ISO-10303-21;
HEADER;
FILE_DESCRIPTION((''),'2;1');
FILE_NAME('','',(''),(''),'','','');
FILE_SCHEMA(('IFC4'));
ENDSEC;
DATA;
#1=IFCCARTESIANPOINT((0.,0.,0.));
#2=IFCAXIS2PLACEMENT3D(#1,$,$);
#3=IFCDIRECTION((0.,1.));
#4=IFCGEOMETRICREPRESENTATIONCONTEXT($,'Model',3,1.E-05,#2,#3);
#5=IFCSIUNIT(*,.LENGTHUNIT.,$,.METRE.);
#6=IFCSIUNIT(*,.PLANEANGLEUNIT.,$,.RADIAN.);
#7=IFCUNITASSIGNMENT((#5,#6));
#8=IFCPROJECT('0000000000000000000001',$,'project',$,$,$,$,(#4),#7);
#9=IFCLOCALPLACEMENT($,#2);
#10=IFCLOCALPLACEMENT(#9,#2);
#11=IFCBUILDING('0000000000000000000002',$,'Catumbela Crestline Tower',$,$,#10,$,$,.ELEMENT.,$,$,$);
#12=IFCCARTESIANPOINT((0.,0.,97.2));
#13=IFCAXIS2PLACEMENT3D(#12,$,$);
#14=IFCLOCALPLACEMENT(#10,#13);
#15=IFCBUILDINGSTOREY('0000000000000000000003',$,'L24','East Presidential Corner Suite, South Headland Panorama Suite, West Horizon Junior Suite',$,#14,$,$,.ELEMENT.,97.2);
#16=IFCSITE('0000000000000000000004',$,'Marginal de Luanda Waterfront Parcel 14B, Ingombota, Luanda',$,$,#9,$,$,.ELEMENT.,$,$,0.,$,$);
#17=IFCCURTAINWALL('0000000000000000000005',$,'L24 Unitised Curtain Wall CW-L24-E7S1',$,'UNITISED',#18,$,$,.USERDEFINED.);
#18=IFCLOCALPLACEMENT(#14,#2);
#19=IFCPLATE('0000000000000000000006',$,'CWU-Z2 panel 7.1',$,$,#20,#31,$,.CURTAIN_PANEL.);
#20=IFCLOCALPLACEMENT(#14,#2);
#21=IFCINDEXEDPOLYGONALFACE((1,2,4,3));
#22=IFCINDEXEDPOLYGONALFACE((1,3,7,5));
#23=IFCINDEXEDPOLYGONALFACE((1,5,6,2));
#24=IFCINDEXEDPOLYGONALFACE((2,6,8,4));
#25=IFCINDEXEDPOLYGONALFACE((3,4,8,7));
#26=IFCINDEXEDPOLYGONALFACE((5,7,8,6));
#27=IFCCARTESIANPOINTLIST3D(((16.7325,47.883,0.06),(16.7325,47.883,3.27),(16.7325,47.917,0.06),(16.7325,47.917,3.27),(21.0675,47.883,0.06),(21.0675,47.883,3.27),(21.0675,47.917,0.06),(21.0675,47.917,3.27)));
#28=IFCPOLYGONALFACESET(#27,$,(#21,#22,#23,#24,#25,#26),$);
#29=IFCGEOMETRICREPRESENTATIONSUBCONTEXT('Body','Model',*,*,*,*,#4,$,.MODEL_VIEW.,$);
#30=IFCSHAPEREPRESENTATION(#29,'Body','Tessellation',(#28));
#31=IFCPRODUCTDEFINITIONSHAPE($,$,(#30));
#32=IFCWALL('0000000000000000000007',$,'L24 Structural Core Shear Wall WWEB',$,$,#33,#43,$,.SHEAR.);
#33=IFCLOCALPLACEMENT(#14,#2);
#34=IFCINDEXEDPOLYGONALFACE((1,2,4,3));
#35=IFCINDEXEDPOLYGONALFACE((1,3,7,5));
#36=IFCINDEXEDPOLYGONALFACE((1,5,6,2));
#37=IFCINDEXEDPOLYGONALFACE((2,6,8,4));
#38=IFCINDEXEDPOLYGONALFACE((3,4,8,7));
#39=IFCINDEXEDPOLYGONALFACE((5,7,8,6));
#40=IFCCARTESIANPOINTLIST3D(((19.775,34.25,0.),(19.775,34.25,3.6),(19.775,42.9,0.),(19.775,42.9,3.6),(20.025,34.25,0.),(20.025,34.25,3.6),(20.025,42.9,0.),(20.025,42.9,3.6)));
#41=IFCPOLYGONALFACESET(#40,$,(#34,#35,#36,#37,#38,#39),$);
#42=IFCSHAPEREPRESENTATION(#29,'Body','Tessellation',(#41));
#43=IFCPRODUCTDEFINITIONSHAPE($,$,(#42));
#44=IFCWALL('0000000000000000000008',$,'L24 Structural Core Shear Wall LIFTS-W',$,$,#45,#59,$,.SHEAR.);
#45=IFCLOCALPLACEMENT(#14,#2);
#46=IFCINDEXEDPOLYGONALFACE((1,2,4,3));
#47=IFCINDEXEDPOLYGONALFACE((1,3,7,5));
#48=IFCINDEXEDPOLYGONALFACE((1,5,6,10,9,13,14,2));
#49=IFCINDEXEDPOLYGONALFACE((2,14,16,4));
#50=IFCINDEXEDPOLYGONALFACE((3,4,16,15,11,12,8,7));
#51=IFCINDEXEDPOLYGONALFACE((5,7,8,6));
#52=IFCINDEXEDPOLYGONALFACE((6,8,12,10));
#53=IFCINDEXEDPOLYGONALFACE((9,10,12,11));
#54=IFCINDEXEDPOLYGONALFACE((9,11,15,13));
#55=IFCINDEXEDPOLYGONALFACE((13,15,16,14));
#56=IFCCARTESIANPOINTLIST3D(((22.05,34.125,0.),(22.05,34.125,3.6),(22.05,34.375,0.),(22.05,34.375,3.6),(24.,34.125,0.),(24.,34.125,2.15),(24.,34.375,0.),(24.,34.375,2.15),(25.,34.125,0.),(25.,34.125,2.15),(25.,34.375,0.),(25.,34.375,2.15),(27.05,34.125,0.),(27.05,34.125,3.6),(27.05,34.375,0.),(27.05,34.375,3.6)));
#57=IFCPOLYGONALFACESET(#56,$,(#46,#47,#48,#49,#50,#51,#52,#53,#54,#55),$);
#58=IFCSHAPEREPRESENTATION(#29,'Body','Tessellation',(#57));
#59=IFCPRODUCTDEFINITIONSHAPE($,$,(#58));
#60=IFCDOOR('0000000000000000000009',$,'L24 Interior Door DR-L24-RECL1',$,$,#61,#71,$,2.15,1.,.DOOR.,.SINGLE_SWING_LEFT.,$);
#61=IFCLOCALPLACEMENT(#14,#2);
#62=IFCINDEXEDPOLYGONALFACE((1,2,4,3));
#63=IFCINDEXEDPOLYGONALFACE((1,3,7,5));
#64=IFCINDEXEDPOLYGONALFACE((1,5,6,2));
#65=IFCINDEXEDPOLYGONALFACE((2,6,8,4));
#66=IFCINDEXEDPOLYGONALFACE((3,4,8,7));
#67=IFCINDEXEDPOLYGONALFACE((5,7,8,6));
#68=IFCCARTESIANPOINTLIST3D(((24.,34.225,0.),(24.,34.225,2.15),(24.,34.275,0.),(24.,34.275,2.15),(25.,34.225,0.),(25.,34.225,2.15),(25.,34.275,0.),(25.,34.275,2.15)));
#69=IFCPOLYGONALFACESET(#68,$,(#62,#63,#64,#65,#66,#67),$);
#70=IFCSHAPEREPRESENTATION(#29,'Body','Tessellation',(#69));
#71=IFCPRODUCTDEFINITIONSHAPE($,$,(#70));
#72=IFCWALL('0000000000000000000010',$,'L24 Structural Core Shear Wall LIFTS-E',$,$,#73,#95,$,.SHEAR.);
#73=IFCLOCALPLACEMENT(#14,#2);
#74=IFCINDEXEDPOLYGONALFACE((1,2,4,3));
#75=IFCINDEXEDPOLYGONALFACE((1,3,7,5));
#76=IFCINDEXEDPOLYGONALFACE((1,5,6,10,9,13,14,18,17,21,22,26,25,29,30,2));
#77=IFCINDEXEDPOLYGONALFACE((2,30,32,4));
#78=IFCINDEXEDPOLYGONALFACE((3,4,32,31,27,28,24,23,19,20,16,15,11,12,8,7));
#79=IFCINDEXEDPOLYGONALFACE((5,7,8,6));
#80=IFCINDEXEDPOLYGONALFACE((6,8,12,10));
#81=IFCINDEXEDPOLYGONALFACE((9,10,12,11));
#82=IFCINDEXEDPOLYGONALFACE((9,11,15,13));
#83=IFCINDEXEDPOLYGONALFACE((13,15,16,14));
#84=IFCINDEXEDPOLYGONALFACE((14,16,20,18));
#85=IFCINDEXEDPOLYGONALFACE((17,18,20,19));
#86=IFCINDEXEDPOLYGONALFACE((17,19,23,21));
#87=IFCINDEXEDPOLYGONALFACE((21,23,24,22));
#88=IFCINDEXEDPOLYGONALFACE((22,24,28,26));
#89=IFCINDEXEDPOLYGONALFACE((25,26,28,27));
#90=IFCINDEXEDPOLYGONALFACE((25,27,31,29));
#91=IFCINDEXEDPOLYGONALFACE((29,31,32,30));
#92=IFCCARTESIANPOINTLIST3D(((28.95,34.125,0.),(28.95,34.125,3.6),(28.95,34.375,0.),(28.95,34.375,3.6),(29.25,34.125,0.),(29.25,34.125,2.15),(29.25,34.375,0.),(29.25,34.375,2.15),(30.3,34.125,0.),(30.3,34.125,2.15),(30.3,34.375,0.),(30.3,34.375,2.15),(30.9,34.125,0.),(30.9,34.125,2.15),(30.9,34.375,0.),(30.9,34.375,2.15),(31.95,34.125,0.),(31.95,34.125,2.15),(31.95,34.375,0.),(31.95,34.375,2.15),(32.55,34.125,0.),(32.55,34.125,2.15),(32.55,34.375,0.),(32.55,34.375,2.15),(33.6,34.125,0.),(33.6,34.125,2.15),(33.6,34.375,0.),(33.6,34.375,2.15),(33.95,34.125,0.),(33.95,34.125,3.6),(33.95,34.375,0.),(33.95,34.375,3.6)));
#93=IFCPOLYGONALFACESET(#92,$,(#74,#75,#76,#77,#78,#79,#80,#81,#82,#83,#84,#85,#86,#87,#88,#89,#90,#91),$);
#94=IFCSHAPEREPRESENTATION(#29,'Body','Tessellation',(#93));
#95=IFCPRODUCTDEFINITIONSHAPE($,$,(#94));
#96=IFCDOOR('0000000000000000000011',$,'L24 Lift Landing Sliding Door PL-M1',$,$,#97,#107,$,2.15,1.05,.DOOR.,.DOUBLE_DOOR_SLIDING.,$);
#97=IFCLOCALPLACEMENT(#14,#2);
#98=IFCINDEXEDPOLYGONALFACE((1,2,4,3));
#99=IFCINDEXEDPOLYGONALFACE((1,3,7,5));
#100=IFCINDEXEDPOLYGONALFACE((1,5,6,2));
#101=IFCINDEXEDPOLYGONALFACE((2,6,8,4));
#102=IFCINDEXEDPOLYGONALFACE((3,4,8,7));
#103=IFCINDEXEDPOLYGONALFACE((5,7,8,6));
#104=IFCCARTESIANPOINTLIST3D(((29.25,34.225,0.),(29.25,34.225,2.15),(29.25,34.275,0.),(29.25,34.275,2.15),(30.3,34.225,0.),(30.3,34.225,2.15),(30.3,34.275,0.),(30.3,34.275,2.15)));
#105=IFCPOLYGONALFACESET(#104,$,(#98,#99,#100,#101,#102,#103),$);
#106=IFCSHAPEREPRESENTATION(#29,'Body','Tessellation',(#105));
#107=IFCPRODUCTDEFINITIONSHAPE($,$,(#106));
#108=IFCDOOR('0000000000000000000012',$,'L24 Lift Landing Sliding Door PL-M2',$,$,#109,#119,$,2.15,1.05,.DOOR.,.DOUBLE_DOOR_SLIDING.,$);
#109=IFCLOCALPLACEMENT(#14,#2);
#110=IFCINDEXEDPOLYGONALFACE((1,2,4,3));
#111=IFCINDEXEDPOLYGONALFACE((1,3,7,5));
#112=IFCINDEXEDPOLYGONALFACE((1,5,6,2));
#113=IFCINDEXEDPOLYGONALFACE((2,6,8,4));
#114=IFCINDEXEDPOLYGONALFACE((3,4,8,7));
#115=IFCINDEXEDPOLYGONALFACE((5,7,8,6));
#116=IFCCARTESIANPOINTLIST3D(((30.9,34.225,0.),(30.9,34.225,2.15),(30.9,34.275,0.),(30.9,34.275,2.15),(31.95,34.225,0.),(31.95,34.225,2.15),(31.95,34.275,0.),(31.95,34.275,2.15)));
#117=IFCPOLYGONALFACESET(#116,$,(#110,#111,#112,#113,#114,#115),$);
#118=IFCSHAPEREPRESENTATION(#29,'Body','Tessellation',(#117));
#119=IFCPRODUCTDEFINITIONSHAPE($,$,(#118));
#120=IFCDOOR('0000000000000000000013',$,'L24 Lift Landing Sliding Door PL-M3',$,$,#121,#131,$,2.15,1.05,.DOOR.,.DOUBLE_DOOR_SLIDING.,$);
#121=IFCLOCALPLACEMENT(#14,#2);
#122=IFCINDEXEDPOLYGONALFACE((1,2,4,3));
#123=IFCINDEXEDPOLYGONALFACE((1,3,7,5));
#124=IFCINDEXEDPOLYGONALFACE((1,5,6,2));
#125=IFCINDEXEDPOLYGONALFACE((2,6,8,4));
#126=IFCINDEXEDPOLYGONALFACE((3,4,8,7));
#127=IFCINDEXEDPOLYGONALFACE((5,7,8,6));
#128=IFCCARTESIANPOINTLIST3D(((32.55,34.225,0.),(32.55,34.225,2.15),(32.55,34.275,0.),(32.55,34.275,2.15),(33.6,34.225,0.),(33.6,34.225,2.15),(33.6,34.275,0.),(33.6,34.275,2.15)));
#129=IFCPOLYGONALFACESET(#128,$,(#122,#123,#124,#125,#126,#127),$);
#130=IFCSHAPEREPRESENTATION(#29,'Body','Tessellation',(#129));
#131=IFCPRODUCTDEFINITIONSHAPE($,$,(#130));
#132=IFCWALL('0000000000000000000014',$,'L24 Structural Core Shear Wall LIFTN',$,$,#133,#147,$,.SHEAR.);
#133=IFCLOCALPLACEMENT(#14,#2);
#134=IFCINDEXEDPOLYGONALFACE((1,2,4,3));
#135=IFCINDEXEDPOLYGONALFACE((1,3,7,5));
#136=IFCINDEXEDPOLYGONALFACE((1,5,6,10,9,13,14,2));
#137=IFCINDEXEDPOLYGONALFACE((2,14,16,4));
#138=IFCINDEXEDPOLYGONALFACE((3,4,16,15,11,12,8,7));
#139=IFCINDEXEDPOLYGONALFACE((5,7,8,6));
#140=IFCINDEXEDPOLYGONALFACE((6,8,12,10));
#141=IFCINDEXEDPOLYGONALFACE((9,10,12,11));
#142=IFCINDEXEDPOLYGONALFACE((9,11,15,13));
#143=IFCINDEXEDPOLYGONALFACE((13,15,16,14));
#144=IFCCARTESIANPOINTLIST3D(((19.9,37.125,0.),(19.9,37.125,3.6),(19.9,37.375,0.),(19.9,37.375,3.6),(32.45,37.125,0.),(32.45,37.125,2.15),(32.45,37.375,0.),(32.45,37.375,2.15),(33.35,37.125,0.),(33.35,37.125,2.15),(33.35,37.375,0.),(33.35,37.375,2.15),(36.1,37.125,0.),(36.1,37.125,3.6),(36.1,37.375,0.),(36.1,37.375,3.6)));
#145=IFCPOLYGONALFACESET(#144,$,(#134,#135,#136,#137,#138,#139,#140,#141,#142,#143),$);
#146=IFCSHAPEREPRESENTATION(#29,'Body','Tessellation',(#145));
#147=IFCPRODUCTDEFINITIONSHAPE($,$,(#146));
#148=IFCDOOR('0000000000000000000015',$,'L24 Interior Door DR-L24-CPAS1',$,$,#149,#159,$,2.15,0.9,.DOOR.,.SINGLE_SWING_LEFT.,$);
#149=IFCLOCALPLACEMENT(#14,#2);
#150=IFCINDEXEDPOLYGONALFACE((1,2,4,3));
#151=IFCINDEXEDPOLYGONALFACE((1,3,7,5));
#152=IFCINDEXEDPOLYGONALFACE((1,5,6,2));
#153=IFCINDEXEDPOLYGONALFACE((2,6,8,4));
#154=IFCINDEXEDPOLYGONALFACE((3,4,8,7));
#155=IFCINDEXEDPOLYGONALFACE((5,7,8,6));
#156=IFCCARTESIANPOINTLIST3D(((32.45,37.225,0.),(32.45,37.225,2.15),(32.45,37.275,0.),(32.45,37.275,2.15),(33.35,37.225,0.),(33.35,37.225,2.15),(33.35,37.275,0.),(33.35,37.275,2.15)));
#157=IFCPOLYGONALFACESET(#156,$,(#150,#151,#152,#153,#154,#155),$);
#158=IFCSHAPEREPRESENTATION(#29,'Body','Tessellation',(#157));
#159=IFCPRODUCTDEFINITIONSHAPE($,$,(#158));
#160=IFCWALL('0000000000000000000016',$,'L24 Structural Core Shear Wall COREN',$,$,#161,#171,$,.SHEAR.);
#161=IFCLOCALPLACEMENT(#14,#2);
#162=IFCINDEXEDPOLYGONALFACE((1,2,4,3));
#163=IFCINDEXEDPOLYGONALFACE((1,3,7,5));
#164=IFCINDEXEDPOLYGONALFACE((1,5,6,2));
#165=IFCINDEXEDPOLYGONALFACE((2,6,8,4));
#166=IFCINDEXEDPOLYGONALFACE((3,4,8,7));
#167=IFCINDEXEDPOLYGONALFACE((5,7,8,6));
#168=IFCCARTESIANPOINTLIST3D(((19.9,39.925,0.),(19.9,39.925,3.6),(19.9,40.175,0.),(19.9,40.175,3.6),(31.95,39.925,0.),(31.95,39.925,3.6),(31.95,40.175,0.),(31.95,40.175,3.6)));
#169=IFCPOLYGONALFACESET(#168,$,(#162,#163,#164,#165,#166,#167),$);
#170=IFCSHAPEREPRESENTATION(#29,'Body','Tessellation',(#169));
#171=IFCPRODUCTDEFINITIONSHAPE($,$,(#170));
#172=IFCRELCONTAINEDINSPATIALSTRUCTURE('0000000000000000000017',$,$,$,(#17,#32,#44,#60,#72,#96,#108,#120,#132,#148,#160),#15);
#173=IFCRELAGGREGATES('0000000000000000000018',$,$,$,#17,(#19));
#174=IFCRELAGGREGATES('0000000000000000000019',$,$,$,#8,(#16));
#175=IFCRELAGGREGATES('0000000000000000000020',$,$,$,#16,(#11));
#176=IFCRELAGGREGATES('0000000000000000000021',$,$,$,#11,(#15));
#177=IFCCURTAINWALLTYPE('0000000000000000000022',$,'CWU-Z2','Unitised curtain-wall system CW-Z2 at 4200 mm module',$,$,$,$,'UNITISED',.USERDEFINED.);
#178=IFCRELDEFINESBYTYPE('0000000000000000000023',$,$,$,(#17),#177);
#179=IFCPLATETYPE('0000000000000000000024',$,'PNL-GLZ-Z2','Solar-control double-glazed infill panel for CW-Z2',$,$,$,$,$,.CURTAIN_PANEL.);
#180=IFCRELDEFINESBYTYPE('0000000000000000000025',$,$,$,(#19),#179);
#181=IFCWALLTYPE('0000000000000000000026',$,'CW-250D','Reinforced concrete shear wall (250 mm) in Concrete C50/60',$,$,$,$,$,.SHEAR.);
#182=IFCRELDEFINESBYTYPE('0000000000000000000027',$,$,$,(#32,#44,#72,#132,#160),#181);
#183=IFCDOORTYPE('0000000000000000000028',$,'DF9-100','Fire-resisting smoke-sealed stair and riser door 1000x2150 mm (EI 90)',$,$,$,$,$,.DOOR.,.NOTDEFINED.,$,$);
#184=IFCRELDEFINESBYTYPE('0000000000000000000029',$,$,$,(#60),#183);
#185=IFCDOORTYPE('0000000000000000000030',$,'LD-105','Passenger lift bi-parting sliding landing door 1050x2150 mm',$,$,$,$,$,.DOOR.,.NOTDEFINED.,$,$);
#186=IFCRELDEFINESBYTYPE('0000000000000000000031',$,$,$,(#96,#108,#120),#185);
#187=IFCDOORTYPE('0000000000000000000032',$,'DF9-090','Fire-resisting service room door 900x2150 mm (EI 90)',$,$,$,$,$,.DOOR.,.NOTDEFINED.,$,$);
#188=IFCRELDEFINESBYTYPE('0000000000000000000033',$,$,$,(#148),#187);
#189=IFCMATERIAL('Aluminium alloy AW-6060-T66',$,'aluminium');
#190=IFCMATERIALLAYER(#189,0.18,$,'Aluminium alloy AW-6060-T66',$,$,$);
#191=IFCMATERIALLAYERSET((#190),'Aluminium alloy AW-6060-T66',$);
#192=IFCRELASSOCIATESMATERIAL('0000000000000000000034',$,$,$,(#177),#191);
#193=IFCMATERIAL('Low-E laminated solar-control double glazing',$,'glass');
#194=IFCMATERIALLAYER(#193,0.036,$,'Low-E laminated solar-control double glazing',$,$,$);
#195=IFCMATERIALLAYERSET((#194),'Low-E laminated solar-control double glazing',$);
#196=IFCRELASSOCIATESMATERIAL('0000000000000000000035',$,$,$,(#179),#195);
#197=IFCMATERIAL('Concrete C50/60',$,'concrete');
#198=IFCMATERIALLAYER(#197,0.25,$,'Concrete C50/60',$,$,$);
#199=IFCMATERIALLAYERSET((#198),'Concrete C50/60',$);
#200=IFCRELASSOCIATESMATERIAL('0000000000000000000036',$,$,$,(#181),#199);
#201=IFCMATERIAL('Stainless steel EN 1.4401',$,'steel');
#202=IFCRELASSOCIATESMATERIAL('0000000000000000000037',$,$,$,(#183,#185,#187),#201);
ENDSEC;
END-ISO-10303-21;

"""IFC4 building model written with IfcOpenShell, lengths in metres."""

from ifc_helpers import new_model, si_unit, direction, frame, frame_2d, origin, origin_2d, place, context, subcontext, project, spatial, rectangle, extrude, material, layer, layer_set, type_object, element, fill, aggregate, save


model = new_model("IFC4")

# Units and contexts
model_context = context("Model", 3, precision=1e-05, world=origin(), true_north=direction((0.0, 1.0)))
body_context = subcontext(model_context, "Body", "Model", "MODEL_VIEW")
ifc_project = project(units=[si_unit("LENGTHUNIT", "METRE"), si_unit("PLANEANGLEUNIT", "RADIAN")], contexts=[model_context])

# Site, building, storey
site_placement = place(None, origin())
site = spatial("IfcSite", under=ifc_project, at=site_placement, Name="Marginal de Luanda Waterfront Parcel 14B, Ingombota, Luanda", CompositionType="ELEMENT", RefElevation=0.0)
building_placement = place(site_placement, origin())
building = spatial("IfcBuilding", under=site, at=building_placement, Name="Catumbela Crestline Tower", CompositionType="ELEMENT")
storey_placement = place(building_placement, frame((0.0, 0.0, 97.2)))
storey = spatial("IfcBuildingStorey", under=building, at=storey_placement, Name="L24", Description="East Presidential Corner Suite, South Headland Panorama Suite, West Horizon Junior Suite", CompositionType="ELEMENT", Elevation=97.2)

# Curtain wall, plate
ifc_material_1 = material(Name="Aluminium alloy AW-6060-T66", Category="aluminium")
ifc_layer_1 = layer(ifc_material_1, 0.18, Name="Aluminium alloy AW-6060-T66")
ifc_layer_set_1 = layer_set([ifc_layer_1], Name="Aluminium alloy AW-6060-T66")
curtain_wall_type = type_object("IfcCurtainWallType", Name="CWU-Z2", Description="Unitised curtain-wall system CW-Z2 at 4200 mm module", ElementType="UNITISED", PredefinedType="USERDEFINED", material=ifc_layer_set_1)
curtain_wall_placement = place(storey_placement, origin())
curtain_wall = element("IfcCurtainWall", 1, at=curtain_wall_placement, inside=storey, type_object=curtain_wall_type, Name="L24 Unitised Curtain Wall CW-L24-E7S1", ObjectType="UNITISED", PredefinedType="USERDEFINED")
ifc_material_2 = material(Name="Low-E laminated solar-control double glazing", Category="glass")
ifc_layer_2 = layer(ifc_material_2, 0.036, Name="Low-E laminated solar-control double glazing")
ifc_layer_set_2 = layer_set([ifc_layer_2], Name="Low-E laminated solar-control double glazing")
plate_type = type_object("IfcPlateType", Name="PNL-GLZ-Z2", Description="Solar-control double-glazed infill panel for CW-Z2", PredefinedType="CURTAIN_PANEL", material=ifc_layer_set_2)
plate_1_placement = place(storey_placement, frame((18.9, 47.9, 0.06), z_axis=(0.0, 0.0, 1.0), x_axis=(-1.0, 0.0, 0.0)))
plate_1 = element("IfcPlate", 2, at=plate_1_placement, type_object=plate_type, Name="CWU-Z2 panel 7.1", PredefinedType="CURTAIN_PANEL", context=body_context, shape_type="SweptSolid", body=[
    extrude(rectangle(XDim=4.335, YDim=0.034, at=origin_2d()), origin(), (0.0, 0.0, 1.0), 3.21),
])
aggregate(curtain_wall, [plate_1])

# Wall
ifc_material_3 = material(Name="Concrete C50/60", Category="concrete")
ifc_layer_3 = layer(ifc_material_3, 0.25, Name="Concrete C50/60")
ifc_layer_set_3 = layer_set([ifc_layer_3], Name="Concrete C50/60")
wall_type_1 = type_object("IfcWallType", Name="CW-250D", Description="Reinforced concrete shear wall (250 mm) in Concrete C50/60", PredefinedType="SHEAR", material=ifc_layer_set_3)
wall_1_placement = place(storey_placement, frame((19.9, 34.25, 0.0), z_axis=(0.0, 0.0, 1.0), x_axis=(0.0, 1.0, 0.0)))
element("IfcWall", 3, at=wall_1_placement, inside=storey, type_object=wall_type_1, Name="L24 Structural Core Shear Wall WWEB", PredefinedType="SHEAR", context=body_context, shape_type="SweptSolid", body=[
    extrude(rectangle(XDim=8.65, YDim=0.25, at=frame_2d((4.325, 0.0))), origin(), (0.0, 0.0, 1.0), 3.6),
])

# Wall, opening, door
wall_2_placement = place(storey_placement, frame((22.05, 34.25, 0.0), z_axis=(0.0, 0.0, 1.0), x_axis=(1.0, 0.0, 0.0)))
wall_2 = element("IfcWall", 4, at=wall_2_placement, inside=storey, type_object=wall_type_1, Name="L24 Structural Core Shear Wall LIFTS-W", PredefinedType="SHEAR", context=body_context, shape_type="SweptSolid", body=[
    extrude(rectangle(XDim=5.0, YDim=0.25, at=frame_2d((2.5, 0.0))), origin(), (0.0, 0.0, 1.0), 3.6),
])
opening_1_placement = place(wall_2_placement, frame((1.95, 0.0, 0.0)))
opening_1 = element("IfcOpeningElement", 5, at=opening_1_placement, cuts=wall_2, PredefinedType="OPENING", context=body_context, shape_type="SweptSolid", body=[
    extrude(rectangle(XDim=1.0, YDim=2.15, at=frame_2d((0.5, 1.075))), frame((0.0, 0.135, 0.0), z_axis=(0.0, -1.0, 0.0), x_axis=(1.0, 0.0, 0.0)), (0.0, 0.0, 1.0), 0.27),
])
ifc_material_4 = material(Name="Stainless steel EN 1.4401", Category="steel")
door_type_1 = type_object("IfcDoorType", Name="DF9-100", Description="Fire-resisting smoke-sealed stair and riser door 1000x2150 mm (EI 90)", OperationType="NOTDEFINED", PredefinedType="DOOR", material=ifc_material_4)
door_1_placement = place(opening_1_placement, origin())
door_1 = element("IfcDoor", 6, at=door_1_placement, inside=storey, type_object=door_type_1, Name="L24 Interior Door DR-L24-RECL1", OperationType="SINGLE_SWING_LEFT", OverallHeight=2.15, OverallWidth=1.0, PredefinedType="DOOR", context=body_context, shape_type="SweptSolid", body=[
    extrude(rectangle(XDim=1.0, YDim=2.15, at=frame_2d((0.5, 1.075))), frame((0.0, 0.025, 0.0), z_axis=(0.0, -1.0, 0.0), x_axis=(1.0, 0.0, 0.0)), (0.0, 0.0, 1.0), 0.05),
])
fill(opening_1, door_1)

# Wall, openings, doors
wall_3_placement = place(storey_placement, frame((28.95, 34.25, 0.0), z_axis=(0.0, 0.0, 1.0), x_axis=(1.0, 0.0, 0.0)))
wall_3 = element("IfcWall", 7, at=wall_3_placement, inside=storey, type_object=wall_type_1, Name="L24 Structural Core Shear Wall LIFTS-E", PredefinedType="SHEAR", context=body_context, shape_type="SweptSolid", body=[
    extrude(rectangle(XDim=5.0, YDim=0.25, at=frame_2d((2.5, 0.0))), origin(), (0.0, 0.0, 1.0), 3.6),
])
opening_2_placement = place(wall_3_placement, frame((0.3, 0.0, 0.0)))
opening_2 = element("IfcOpeningElement", 8, at=opening_2_placement, cuts=wall_3, PredefinedType="OPENING", context=body_context, shape_type="SweptSolid", body=[
    extrude(rectangle(XDim=1.05, YDim=2.15, at=frame_2d((0.525, 1.075))), frame((0.0, 0.135, 0.0), z_axis=(0.0, -1.0, 0.0), x_axis=(1.0, 0.0, 0.0)), (0.0, 0.0, 1.0), 0.27),
])
opening_3_placement = place(wall_3_placement, frame((1.95, 0.0, 0.0)))
opening_3 = element("IfcOpeningElement", 9, at=opening_3_placement, cuts=wall_3, PredefinedType="OPENING", context=body_context, shape_type="SweptSolid", body=[
    extrude(rectangle(XDim=1.05, YDim=2.15, at=frame_2d((0.525, 1.075))), frame((0.0, 0.135, 0.0), z_axis=(0.0, -1.0, 0.0), x_axis=(1.0, 0.0, 0.0)), (0.0, 0.0, 1.0), 0.27),
])
opening_4_placement = place(wall_3_placement, frame((3.6, 0.0, 0.0)))
opening_4 = element("IfcOpeningElement", 10, at=opening_4_placement, cuts=wall_3, PredefinedType="OPENING", context=body_context, shape_type="SweptSolid", body=[
    extrude(rectangle(XDim=1.05, YDim=2.15, at=frame_2d((0.525, 1.075))), frame((0.0, 0.135, 0.0), z_axis=(0.0, -1.0, 0.0), x_axis=(1.0, 0.0, 0.0)), (0.0, 0.0, 1.0), 0.27),
])
door_type_2 = type_object("IfcDoorType", Name="LD-105", Description="Passenger lift bi-parting sliding landing door 1050x2150 mm", OperationType="NOTDEFINED", PredefinedType="DOOR", material=ifc_material_4)
door_2_placement = place(opening_2_placement, origin())
door_2 = element("IfcDoor", 11, at=door_2_placement, inside=storey, type_object=door_type_2, Name="L24 Lift Landing Sliding Door PL-M1", OperationType="DOUBLE_DOOR_SLIDING", OverallHeight=2.15, OverallWidth=1.05, PredefinedType="DOOR", context=body_context, shape_type="SweptSolid", body=[
    extrude(rectangle(XDim=1.05, YDim=2.15, at=frame_2d((0.525, 1.075))), frame((0.0, 0.025, 0.0), z_axis=(0.0, -1.0, 0.0), x_axis=(1.0, 0.0, 0.0)), (0.0, 0.0, 1.0), 0.05),
])
fill(opening_2, door_2)
door_3_placement = place(opening_3_placement, origin())
door_3 = element("IfcDoor", 12, at=door_3_placement, inside=storey, type_object=door_type_2, Name="L24 Lift Landing Sliding Door PL-M2", OperationType="DOUBLE_DOOR_SLIDING", OverallHeight=2.15, OverallWidth=1.05, PredefinedType="DOOR", context=body_context, shape_type="SweptSolid", body=[
    extrude(rectangle(XDim=1.05, YDim=2.15, at=frame_2d((0.525, 1.075))), frame((0.0, 0.025, 0.0), z_axis=(0.0, -1.0, 0.0), x_axis=(1.0, 0.0, 0.0)), (0.0, 0.0, 1.0), 0.05),
])
fill(opening_3, door_3)
door_4_placement = place(opening_4_placement, origin())
door_4 = element("IfcDoor", 13, at=door_4_placement, inside=storey, type_object=door_type_2, Name="L24 Lift Landing Sliding Door PL-M3", OperationType="DOUBLE_DOOR_SLIDING", OverallHeight=2.15, OverallWidth=1.05, PredefinedType="DOOR", context=body_context, shape_type="SweptSolid", body=[
    extrude(rectangle(XDim=1.05, YDim=2.15, at=frame_2d((0.525, 1.075))), frame((0.0, 0.025, 0.0), z_axis=(0.0, -1.0, 0.0), x_axis=(1.0, 0.0, 0.0)), (0.0, 0.0, 1.0), 0.05),
])
fill(opening_4, door_4)

# Wall, opening, door
wall_4_placement = place(storey_placement, frame((19.9, 37.25, 0.0), z_axis=(0.0, 0.0, 1.0), x_axis=(1.0, 0.0, 0.0)))
wall_4 = element("IfcWall", 14, at=wall_4_placement, inside=storey, type_object=wall_type_1, Name="L24 Structural Core Shear Wall LIFTN", PredefinedType="SHEAR", context=body_context, shape_type="SweptSolid", body=[
    extrude(rectangle(XDim=16.2, YDim=0.25, at=frame_2d((8.1, 0.0))), origin(), (0.0, 0.0, 1.0), 3.6),
])
opening_5_placement = place(wall_4_placement, frame((12.55, 0.0, 0.0)))
opening_5 = element("IfcOpeningElement", 15, at=opening_5_placement, cuts=wall_4, PredefinedType="OPENING", context=body_context, shape_type="SweptSolid", body=[
    extrude(rectangle(XDim=0.9, YDim=2.15, at=frame_2d((0.45, 1.075))), frame((0.0, 0.135, 0.0), z_axis=(0.0, -1.0, 0.0), x_axis=(1.0, 0.0, 0.0)), (0.0, 0.0, 1.0), 0.27),
])
door_type_3 = type_object("IfcDoorType", Name="DF9-090", Description="Fire-resisting service room door 900x2150 mm (EI 90)", OperationType="NOTDEFINED", PredefinedType="DOOR", material=ifc_material_4)
door_5_placement = place(opening_5_placement, origin())
door_5 = element("IfcDoor", 16, at=door_5_placement, inside=storey, type_object=door_type_3, Name="L24 Interior Door DR-L24-CPAS1", OperationType="SINGLE_SWING_LEFT", OverallHeight=2.15, OverallWidth=0.9, PredefinedType="DOOR", context=body_context, shape_type="SweptSolid", body=[
    extrude(rectangle(XDim=0.9, YDim=2.15, at=frame_2d((0.45, 1.075))), frame((0.0, 0.025, 0.0), z_axis=(0.0, -1.0, 0.0), x_axis=(1.0, 0.0, 0.0)), (0.0, 0.0, 1.0), 0.05),
])
fill(opening_5, door_5)

# Wall
wall_5_placement = place(storey_placement, frame((19.9, 40.05, 0.0), z_axis=(0.0, 0.0, 1.0), x_axis=(1.0, 0.0, 0.0)))
element("IfcWall", 17, at=wall_5_placement, inside=storey, type_object=wall_type_1, Name="L24 Structural Core Shear Wall COREN", PredefinedType="SHEAR", context=body_context, shape_type="SweptSolid", body=[
    extrude(rectangle(XDim=12.05, YDim=0.25, at=frame_2d((6.025, 0.0))), origin(), (0.0, 0.0, 1.0), 3.6),
])

save(model, "model.ifc")
